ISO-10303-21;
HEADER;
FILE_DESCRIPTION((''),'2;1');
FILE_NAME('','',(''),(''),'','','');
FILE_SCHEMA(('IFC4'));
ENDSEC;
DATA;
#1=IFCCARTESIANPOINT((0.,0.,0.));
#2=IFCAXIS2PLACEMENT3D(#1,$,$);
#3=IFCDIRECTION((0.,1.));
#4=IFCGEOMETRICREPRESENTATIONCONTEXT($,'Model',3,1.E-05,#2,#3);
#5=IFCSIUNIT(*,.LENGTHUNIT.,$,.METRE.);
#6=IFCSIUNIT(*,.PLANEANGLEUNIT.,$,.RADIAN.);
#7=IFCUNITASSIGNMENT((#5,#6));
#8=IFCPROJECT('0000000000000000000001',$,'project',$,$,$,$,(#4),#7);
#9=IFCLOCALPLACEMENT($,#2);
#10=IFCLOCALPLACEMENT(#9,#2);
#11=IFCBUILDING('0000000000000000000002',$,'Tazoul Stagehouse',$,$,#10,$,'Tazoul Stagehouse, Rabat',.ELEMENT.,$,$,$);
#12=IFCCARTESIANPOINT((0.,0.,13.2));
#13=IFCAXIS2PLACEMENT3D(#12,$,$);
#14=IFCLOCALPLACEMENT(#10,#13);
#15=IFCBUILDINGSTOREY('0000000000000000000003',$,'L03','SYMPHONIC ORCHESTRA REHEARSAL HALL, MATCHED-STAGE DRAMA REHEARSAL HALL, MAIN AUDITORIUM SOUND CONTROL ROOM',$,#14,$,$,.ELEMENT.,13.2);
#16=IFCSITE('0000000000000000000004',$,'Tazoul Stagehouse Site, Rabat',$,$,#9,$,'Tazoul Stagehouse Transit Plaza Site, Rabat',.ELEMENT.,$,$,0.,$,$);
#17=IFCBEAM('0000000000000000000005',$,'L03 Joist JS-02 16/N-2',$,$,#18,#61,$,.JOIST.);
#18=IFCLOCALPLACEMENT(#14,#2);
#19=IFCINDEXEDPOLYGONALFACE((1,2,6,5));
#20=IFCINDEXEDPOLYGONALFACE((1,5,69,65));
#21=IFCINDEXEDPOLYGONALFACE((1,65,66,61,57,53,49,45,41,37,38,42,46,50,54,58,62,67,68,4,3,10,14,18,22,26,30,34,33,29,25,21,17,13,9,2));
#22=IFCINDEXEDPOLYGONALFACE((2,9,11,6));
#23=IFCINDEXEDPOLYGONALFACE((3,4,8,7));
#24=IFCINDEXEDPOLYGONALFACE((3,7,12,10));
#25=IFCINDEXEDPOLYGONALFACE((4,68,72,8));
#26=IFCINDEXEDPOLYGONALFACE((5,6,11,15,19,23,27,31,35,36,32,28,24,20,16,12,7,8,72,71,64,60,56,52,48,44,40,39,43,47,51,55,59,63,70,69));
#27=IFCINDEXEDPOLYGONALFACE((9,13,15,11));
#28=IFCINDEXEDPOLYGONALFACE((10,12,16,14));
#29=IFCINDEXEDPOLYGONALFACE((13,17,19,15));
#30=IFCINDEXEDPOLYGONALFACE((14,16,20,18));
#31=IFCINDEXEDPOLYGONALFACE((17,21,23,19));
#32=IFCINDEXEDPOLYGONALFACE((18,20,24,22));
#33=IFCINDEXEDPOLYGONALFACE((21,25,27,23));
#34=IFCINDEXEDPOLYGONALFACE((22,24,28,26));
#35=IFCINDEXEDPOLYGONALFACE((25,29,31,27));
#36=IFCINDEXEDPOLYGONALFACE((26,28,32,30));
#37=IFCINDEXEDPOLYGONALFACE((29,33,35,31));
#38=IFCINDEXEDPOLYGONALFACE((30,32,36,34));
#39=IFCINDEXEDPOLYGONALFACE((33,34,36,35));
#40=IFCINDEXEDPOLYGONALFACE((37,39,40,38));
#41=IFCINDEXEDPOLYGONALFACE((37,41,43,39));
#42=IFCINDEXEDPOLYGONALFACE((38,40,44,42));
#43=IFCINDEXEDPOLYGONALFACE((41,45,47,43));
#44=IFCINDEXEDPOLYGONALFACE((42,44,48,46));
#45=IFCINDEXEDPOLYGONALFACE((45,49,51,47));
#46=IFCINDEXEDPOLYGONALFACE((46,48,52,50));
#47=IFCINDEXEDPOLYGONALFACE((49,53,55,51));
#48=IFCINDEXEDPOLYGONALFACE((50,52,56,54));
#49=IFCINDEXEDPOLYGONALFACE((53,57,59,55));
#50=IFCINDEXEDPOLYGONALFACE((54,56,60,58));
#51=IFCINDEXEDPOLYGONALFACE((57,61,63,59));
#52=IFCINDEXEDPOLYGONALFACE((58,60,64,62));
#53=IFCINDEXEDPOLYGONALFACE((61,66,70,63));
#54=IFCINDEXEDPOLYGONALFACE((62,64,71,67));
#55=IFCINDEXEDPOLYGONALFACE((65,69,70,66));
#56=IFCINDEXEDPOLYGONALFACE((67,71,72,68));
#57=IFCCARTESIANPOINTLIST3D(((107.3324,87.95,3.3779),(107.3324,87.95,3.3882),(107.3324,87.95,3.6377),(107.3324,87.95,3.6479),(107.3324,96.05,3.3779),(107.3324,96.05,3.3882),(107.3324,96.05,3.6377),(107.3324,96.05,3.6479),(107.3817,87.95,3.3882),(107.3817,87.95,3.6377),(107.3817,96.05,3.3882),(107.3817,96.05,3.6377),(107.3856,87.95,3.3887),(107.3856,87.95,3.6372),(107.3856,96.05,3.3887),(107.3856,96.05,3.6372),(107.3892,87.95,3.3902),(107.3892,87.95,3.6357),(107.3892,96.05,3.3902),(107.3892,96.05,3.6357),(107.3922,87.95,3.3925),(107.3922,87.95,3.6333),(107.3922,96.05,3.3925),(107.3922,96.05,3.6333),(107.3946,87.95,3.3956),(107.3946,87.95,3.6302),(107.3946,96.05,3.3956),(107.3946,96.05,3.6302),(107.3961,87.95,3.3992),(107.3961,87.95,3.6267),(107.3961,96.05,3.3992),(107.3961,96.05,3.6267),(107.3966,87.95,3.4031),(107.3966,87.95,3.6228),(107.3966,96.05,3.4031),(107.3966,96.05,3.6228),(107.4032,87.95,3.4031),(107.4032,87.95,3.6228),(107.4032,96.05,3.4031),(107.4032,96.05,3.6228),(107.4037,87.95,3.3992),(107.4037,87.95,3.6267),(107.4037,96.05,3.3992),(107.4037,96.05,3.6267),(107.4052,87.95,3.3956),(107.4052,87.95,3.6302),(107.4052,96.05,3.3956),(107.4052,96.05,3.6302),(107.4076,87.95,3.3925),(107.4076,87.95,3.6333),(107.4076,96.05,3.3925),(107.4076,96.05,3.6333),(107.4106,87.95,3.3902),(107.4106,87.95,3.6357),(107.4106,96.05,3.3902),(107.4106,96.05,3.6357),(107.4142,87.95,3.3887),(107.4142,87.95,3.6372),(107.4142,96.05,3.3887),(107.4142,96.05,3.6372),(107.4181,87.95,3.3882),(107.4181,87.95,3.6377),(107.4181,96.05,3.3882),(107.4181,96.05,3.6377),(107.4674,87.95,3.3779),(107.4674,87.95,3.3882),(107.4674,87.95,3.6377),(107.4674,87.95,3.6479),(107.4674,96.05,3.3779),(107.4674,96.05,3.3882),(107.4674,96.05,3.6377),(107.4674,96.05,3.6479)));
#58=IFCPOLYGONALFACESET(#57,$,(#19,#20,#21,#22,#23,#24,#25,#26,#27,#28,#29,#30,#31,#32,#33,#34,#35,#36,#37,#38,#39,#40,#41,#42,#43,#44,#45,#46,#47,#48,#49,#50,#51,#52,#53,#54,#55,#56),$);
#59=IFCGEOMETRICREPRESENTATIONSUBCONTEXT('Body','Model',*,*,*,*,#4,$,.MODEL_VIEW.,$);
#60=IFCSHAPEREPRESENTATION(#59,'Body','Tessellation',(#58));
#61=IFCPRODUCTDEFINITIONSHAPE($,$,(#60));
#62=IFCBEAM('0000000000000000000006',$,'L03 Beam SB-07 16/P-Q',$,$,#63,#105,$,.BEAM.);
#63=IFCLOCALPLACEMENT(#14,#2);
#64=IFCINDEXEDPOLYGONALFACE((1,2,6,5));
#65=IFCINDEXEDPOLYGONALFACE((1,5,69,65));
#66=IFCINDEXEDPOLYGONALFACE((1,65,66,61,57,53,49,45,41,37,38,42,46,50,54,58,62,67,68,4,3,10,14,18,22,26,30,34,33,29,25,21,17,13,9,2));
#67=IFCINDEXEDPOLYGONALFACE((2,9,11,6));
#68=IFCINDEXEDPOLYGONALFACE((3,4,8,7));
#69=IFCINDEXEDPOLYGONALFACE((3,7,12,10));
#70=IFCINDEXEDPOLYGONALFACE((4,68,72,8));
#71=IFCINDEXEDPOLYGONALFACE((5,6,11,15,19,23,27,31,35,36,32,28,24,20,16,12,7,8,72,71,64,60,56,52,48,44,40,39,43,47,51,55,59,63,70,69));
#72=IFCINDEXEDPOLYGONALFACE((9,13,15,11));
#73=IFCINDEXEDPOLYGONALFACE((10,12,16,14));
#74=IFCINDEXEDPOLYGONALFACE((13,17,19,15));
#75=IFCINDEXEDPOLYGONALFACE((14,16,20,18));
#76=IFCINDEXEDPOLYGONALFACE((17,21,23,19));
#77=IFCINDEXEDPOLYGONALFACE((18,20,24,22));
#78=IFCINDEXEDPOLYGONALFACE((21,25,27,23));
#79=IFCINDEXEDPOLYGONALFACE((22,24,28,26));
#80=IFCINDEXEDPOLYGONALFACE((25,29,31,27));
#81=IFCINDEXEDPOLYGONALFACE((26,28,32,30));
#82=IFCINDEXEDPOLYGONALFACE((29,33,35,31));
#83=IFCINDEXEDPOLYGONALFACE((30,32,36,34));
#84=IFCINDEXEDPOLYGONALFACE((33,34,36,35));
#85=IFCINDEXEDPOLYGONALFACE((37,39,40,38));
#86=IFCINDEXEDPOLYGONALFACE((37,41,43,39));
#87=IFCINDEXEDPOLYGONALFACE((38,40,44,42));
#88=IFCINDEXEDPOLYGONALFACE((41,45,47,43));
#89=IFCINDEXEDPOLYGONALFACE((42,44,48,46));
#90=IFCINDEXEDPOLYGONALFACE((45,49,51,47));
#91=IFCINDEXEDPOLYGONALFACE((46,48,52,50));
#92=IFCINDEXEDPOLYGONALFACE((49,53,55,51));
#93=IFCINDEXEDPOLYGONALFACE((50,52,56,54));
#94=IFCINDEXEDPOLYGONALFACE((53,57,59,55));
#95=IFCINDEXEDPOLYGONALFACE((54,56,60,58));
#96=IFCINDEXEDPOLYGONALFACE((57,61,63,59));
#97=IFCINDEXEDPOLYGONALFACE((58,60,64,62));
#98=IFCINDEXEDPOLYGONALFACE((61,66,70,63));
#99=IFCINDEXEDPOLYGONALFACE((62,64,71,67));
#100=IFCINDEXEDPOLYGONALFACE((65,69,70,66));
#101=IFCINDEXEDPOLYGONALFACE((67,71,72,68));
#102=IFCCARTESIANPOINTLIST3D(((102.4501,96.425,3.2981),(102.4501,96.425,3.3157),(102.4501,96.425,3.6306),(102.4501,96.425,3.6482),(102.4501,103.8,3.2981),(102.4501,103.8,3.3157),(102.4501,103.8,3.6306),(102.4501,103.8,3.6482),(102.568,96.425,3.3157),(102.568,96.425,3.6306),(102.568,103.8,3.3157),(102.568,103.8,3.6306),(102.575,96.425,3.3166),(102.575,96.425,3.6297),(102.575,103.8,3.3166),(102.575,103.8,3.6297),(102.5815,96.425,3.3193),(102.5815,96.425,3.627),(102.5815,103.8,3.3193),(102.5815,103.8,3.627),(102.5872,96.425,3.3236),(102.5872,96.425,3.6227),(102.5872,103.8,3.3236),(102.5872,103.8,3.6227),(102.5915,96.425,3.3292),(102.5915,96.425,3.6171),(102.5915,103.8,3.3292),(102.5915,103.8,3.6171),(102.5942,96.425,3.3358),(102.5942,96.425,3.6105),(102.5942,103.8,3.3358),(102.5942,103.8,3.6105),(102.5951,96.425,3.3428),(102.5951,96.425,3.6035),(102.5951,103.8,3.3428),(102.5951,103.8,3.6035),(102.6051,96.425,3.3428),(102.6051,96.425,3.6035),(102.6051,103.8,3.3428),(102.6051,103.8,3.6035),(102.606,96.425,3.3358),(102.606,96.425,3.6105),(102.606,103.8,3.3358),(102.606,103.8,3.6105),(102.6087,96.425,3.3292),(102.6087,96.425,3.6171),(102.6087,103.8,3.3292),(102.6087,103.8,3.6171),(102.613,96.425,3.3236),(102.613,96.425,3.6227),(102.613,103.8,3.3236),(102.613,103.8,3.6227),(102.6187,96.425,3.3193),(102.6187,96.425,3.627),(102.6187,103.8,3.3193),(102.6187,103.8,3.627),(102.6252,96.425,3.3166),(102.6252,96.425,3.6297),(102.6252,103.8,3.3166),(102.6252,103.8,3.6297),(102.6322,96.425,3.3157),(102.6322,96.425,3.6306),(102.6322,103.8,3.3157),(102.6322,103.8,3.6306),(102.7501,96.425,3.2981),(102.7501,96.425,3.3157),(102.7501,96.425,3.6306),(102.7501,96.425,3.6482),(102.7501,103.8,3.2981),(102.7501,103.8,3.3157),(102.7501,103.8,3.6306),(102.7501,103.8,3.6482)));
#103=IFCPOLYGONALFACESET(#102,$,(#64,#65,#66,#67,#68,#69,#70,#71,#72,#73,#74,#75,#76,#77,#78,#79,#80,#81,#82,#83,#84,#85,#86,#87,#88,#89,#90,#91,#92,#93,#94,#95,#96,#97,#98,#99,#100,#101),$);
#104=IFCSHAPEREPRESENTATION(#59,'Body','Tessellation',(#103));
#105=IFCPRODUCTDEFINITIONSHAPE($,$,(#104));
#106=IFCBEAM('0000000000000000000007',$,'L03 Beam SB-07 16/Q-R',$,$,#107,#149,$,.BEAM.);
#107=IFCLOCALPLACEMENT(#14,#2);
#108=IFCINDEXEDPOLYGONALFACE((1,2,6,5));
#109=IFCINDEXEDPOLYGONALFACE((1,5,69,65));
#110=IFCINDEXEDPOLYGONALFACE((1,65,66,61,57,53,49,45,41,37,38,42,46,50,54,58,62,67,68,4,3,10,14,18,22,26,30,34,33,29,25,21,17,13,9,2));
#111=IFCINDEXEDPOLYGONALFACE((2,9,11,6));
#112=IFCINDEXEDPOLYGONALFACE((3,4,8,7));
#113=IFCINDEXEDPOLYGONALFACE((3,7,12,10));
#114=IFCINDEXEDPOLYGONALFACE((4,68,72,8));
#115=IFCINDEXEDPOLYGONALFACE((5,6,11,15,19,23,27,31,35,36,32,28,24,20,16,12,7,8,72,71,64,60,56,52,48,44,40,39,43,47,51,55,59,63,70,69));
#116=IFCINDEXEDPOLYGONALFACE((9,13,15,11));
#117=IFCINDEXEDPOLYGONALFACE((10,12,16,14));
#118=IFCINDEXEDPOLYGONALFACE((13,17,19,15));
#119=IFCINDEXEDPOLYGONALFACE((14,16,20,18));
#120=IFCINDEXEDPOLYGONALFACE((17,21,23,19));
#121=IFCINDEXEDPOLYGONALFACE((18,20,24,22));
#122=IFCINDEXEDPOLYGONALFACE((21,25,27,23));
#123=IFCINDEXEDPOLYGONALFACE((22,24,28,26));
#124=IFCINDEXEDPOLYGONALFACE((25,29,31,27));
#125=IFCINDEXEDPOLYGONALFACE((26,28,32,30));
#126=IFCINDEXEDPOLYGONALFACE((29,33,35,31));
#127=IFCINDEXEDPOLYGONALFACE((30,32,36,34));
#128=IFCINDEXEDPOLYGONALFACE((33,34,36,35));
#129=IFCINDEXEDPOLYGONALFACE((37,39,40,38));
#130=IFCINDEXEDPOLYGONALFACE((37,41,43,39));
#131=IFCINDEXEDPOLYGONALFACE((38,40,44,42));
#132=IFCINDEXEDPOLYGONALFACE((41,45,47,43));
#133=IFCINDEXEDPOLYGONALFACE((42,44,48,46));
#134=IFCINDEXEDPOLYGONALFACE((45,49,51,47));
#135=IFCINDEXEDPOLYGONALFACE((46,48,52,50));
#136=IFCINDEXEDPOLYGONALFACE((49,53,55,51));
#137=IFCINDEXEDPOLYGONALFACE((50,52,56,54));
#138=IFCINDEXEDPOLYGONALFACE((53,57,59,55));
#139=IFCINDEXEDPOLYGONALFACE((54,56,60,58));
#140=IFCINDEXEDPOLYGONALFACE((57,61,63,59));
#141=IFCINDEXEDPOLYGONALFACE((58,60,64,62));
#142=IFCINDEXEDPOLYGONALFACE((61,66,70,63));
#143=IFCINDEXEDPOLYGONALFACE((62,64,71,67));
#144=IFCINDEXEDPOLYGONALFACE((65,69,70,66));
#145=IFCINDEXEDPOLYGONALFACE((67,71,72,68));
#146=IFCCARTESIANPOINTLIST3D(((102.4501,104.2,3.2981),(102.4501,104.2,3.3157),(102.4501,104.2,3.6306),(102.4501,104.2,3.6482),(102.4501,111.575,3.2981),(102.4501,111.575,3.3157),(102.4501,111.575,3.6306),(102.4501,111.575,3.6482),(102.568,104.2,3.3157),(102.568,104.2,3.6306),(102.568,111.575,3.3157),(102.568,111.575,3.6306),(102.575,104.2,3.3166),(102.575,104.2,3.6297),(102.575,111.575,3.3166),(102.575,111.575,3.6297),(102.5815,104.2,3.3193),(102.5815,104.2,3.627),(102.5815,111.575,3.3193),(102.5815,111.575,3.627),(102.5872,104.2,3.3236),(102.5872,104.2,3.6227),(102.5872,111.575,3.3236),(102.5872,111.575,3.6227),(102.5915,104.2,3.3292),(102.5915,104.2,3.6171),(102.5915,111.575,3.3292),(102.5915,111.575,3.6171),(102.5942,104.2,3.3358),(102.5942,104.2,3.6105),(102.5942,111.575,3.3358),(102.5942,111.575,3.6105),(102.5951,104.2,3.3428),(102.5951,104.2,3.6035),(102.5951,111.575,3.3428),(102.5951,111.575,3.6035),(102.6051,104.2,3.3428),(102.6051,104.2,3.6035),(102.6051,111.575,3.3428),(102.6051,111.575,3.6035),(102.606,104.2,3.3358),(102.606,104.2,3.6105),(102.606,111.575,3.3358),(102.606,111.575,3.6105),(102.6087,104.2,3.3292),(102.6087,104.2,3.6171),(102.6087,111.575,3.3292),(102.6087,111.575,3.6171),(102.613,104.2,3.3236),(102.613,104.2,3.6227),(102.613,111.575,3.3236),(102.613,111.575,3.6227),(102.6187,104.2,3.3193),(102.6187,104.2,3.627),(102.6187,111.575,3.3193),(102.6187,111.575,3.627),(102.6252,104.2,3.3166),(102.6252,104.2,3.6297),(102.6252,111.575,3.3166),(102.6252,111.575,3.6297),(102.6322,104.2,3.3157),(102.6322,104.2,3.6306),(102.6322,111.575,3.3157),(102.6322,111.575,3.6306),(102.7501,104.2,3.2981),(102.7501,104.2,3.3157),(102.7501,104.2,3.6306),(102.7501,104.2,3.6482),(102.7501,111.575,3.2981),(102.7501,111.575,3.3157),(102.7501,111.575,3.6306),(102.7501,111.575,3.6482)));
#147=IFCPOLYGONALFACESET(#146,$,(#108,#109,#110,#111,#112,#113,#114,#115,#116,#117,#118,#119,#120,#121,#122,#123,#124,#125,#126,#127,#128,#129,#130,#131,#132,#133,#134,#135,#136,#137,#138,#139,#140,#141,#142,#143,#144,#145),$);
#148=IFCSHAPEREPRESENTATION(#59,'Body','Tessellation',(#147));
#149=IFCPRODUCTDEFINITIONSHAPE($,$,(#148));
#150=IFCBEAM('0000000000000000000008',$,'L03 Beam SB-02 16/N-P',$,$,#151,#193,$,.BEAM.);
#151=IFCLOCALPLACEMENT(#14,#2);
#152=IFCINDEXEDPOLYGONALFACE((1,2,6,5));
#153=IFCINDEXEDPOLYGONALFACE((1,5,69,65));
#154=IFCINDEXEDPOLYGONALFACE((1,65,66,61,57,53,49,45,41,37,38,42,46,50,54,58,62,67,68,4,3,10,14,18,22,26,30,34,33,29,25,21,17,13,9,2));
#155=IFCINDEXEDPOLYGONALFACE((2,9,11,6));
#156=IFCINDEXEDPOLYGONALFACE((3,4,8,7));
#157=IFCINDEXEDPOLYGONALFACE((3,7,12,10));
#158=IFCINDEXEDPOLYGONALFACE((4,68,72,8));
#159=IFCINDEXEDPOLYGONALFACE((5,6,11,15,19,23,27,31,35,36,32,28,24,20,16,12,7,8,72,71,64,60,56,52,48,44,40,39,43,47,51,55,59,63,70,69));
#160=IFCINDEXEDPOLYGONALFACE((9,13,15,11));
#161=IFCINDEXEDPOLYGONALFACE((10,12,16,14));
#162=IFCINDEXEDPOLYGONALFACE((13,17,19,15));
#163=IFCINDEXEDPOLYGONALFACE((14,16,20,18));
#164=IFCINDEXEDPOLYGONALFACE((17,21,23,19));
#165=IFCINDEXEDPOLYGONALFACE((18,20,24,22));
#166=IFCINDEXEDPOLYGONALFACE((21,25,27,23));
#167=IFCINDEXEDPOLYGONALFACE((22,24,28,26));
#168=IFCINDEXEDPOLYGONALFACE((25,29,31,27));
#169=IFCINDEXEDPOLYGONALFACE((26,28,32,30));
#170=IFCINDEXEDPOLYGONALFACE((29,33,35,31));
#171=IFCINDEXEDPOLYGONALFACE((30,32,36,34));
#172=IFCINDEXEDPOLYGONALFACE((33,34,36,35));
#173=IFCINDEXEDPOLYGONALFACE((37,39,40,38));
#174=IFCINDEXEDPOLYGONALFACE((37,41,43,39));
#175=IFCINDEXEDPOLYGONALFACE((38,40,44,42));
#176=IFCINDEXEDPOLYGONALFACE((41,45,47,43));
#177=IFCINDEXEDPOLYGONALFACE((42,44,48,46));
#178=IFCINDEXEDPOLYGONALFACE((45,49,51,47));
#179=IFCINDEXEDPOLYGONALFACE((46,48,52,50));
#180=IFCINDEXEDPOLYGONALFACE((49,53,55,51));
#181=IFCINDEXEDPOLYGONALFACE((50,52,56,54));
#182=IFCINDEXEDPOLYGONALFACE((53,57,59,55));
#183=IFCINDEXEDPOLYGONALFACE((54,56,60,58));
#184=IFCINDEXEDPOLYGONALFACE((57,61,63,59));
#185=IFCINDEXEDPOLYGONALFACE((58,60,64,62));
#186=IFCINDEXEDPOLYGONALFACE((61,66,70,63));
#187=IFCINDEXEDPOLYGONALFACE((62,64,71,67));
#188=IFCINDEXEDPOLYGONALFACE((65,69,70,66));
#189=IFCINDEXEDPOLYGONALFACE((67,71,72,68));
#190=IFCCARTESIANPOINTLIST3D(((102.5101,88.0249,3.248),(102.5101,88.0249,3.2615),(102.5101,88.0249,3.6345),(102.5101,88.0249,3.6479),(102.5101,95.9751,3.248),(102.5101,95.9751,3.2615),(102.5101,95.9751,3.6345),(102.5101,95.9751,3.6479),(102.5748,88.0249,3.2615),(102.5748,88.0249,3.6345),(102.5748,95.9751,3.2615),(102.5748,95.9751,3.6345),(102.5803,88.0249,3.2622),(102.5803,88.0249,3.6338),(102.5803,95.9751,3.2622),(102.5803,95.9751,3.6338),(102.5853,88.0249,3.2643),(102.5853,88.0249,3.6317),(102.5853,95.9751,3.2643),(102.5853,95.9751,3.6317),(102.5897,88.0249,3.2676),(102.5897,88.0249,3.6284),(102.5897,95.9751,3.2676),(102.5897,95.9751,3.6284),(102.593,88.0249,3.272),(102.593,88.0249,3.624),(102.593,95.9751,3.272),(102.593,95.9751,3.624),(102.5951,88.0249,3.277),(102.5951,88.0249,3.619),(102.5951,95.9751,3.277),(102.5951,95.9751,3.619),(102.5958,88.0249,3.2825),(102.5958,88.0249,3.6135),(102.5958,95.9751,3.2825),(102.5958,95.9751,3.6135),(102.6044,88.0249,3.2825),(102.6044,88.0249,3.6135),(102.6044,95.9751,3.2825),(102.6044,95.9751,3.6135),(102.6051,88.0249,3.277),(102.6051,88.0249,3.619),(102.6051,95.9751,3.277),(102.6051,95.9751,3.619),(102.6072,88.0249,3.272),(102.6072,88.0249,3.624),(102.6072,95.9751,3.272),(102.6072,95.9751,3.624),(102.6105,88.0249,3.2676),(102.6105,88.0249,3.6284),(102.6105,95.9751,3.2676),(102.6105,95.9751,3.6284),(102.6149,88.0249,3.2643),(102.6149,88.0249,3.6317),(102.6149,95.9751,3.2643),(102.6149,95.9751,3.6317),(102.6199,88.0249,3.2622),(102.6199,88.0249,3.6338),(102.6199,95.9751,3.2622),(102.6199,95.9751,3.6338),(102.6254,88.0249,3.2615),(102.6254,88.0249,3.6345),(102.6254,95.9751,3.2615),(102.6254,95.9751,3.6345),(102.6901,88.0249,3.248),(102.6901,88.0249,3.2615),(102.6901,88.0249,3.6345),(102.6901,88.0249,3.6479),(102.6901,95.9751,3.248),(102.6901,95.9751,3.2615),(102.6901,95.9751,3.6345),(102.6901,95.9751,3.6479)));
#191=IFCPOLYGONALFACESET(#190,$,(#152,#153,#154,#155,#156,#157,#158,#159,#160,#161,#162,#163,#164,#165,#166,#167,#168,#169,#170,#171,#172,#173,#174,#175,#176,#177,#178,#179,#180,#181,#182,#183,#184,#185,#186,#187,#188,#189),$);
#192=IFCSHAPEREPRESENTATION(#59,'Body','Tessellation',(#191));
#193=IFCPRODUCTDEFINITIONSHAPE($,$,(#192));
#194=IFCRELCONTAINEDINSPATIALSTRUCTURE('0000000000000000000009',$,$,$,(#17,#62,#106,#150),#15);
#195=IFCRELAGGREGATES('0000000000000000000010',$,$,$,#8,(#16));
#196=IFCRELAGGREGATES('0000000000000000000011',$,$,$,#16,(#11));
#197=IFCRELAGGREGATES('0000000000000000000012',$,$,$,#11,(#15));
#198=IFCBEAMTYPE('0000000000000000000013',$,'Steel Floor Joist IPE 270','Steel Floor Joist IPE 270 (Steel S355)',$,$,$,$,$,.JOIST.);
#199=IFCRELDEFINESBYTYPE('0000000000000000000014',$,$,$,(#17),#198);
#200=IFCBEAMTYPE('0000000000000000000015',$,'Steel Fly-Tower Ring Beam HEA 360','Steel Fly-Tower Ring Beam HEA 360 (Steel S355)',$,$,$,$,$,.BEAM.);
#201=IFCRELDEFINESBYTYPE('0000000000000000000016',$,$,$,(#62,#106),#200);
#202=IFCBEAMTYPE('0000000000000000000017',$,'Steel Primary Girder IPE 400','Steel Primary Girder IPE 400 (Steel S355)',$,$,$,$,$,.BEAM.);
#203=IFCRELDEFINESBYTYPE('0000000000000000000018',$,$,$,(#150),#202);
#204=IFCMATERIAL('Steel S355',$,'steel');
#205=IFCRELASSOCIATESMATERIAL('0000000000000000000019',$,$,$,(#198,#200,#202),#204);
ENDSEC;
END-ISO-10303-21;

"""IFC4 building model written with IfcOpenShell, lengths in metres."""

from ifc_helpers import new_model, si_unit, direction, frame, origin, origin_2d, place, context, subcontext, project, spatial, i_section, extrude, material, material_profile, profile_set, type_object, element, save


model = new_model("IFC4")

# Units and contexts
model_context = context("Model", 3, precision=1e-05, world=origin(), true_north=direction((0.0, 1.0)))
body_context = subcontext(model_context, "Body", "Model", "MODEL_VIEW")
ifc_project = project(units=[si_unit("LENGTHUNIT", "METRE"), si_unit("PLANEANGLEUNIT", "RADIAN")], contexts=[model_context])

# Site, building, storey
site_placement = place(None, origin())
site = spatial("IfcSite", under=ifc_project, at=site_placement, Name="Tazoul Stagehouse Site, Rabat", LongName="Tazoul Stagehouse Transit Plaza Site, Rabat", CompositionType="ELEMENT", RefElevation=0.0)
building_placement = place(site_placement, origin())
building = spatial("IfcBuilding", under=site, at=building_placement, Name="Tazoul Stagehouse", LongName="Tazoul Stagehouse, Rabat", CompositionType="ELEMENT")
storey_placement = place(building_placement, frame((0.0, 0.0, 13.2)))
storey = spatial("IfcBuildingStorey", under=building, at=storey_placement, Name="L03", Description="SYMPHONIC ORCHESTRA REHEARSAL HALL, MATCHED-STAGE DRAMA REHEARSAL HALL, MAIN AUDITORIUM SOUND CONTROL ROOM", CompositionType="ELEMENT", Elevation=13.2)

# Shared definitions
ifc_material_1 = material(Name="Steel S355", Category="steel")

# Beams
ifc_material_profile_1 = material_profile(ifc_material_1, i_section(OverallWidth=0.135, OverallDepth=0.27, WebThickness=0.0066, FlangeThickness=0.0103, FilletRadius=0.0149, at=origin_2d()), Name="IPE 270")
ifc_profile_set_1 = profile_set([ifc_material_profile_1], Name="Steel S355")
beam_type_1 = type_object("IfcBeamType", Name="Steel Floor Joist IPE 270", Description="Steel Floor Joist IPE 270 (Steel S355)", PredefinedType="JOIST", material=ifc_profile_set_1)
for number, where, z_axis, x_axis, name in (
    (1, (107.3999, 87.95, 3.5129), (0.0, 1.0, 0.0), (-1.0, 0.0, 0.0), "L03 Joist JS-02 16/N-2"),
):
    element("IfcBeam", number, at=place(storey_placement, frame(where, z_axis=z_axis, x_axis=x_axis)), inside=storey, type_object=beam_type_1, Name=name, PredefinedType="JOIST", context=body_context, shape_type="SweptSolid", body=[
        extrude(i_section(OverallWidth=0.135, OverallDepth=0.27, WebThickness=0.0066, FlangeThickness=0.0103, FilletRadius=0.0149, at=origin_2d()), origin(), (0.0, 0.0, 1.0), 8.1001),
    ])
ifc_material_profile_2 = material_profile(ifc_material_1, i_section(OverallWidth=0.3, OverallDepth=0.3501, WebThickness=0.01, FlangeThickness=0.0176, FilletRadius=0.0271, at=origin_2d()), Name="HEA 360")
ifc_profile_set_2 = profile_set([ifc_material_profile_2], Name="Steel S355")
beam_type_2 = type_object("IfcBeamType", Name="Steel Fly-Tower Ring Beam HEA 360", Description="Steel Fly-Tower Ring Beam HEA 360 (Steel S355)", PredefinedType="BEAM", material=ifc_profile_set_2)
for number, where, z_axis, x_axis, name in (
    (2, (102.6001, 96.425, 3.4731), (0.0, 1.0, 0.0), (-1.0, 0.0, 0.0), "L03 Beam SB-07 16/P-Q"),
    (3, (102.6001, 104.2, 3.4731), (0.0, 1.0, 0.0), (-1.0, 0.0, 0.0), "L03 Beam SB-07 16/Q-R"),
):
    element("IfcBeam", number, at=place(storey_placement, frame(where, z_axis=z_axis, x_axis=x_axis)), inside=storey, type_object=beam_type_2, Name=name, PredefinedType="BEAM", context=body_context, shape_type="SweptSolid", body=[
        extrude(i_section(OverallWidth=0.3, OverallDepth=0.3501, WebThickness=0.01, FlangeThickness=0.0176, FilletRadius=0.0271, at=origin_2d()), origin(), (0.0, 0.0, 1.0), 7.375),
    ])
ifc_material_profile_3 = material_profile(ifc_material_1, i_section(OverallWidth=0.1799, OverallDepth=0.3999, WebThickness=0.0085, FlangeThickness=0.0134, FilletRadius=0.021, at=origin_2d()), Name="IPE 400")
ifc_profile_set_3 = profile_set([ifc_material_profile_3], Name="Steel S355")
beam_type_3 = type_object("IfcBeamType", Name="Steel Primary Girder IPE 400", Description="Steel Primary Girder IPE 400 (Steel S355)", PredefinedType="BEAM", material=ifc_profile_set_3)
beam_1_placement = place(storey_placement, frame((102.6001, 88.0249, 3.448), z_axis=(0.0, 1.0, 0.0), x_axis=(-1.0, 0.0, 0.0)))
element("IfcBeam", 4, at=beam_1_placement, inside=storey, type_object=beam_type_3, Name="L03 Beam SB-02 16/N-P", PredefinedType="BEAM", context=body_context, shape_type="SweptSolid", body=[
    extrude(i_section(OverallWidth=0.1799, OverallDepth=0.3999, WebThickness=0.0085, FlangeThickness=0.0134, FilletRadius=0.021, at=origin_2d()), origin(), (0.0, 0.0, 1.0), 7.9502),
])

save(model, "model.ifc")
